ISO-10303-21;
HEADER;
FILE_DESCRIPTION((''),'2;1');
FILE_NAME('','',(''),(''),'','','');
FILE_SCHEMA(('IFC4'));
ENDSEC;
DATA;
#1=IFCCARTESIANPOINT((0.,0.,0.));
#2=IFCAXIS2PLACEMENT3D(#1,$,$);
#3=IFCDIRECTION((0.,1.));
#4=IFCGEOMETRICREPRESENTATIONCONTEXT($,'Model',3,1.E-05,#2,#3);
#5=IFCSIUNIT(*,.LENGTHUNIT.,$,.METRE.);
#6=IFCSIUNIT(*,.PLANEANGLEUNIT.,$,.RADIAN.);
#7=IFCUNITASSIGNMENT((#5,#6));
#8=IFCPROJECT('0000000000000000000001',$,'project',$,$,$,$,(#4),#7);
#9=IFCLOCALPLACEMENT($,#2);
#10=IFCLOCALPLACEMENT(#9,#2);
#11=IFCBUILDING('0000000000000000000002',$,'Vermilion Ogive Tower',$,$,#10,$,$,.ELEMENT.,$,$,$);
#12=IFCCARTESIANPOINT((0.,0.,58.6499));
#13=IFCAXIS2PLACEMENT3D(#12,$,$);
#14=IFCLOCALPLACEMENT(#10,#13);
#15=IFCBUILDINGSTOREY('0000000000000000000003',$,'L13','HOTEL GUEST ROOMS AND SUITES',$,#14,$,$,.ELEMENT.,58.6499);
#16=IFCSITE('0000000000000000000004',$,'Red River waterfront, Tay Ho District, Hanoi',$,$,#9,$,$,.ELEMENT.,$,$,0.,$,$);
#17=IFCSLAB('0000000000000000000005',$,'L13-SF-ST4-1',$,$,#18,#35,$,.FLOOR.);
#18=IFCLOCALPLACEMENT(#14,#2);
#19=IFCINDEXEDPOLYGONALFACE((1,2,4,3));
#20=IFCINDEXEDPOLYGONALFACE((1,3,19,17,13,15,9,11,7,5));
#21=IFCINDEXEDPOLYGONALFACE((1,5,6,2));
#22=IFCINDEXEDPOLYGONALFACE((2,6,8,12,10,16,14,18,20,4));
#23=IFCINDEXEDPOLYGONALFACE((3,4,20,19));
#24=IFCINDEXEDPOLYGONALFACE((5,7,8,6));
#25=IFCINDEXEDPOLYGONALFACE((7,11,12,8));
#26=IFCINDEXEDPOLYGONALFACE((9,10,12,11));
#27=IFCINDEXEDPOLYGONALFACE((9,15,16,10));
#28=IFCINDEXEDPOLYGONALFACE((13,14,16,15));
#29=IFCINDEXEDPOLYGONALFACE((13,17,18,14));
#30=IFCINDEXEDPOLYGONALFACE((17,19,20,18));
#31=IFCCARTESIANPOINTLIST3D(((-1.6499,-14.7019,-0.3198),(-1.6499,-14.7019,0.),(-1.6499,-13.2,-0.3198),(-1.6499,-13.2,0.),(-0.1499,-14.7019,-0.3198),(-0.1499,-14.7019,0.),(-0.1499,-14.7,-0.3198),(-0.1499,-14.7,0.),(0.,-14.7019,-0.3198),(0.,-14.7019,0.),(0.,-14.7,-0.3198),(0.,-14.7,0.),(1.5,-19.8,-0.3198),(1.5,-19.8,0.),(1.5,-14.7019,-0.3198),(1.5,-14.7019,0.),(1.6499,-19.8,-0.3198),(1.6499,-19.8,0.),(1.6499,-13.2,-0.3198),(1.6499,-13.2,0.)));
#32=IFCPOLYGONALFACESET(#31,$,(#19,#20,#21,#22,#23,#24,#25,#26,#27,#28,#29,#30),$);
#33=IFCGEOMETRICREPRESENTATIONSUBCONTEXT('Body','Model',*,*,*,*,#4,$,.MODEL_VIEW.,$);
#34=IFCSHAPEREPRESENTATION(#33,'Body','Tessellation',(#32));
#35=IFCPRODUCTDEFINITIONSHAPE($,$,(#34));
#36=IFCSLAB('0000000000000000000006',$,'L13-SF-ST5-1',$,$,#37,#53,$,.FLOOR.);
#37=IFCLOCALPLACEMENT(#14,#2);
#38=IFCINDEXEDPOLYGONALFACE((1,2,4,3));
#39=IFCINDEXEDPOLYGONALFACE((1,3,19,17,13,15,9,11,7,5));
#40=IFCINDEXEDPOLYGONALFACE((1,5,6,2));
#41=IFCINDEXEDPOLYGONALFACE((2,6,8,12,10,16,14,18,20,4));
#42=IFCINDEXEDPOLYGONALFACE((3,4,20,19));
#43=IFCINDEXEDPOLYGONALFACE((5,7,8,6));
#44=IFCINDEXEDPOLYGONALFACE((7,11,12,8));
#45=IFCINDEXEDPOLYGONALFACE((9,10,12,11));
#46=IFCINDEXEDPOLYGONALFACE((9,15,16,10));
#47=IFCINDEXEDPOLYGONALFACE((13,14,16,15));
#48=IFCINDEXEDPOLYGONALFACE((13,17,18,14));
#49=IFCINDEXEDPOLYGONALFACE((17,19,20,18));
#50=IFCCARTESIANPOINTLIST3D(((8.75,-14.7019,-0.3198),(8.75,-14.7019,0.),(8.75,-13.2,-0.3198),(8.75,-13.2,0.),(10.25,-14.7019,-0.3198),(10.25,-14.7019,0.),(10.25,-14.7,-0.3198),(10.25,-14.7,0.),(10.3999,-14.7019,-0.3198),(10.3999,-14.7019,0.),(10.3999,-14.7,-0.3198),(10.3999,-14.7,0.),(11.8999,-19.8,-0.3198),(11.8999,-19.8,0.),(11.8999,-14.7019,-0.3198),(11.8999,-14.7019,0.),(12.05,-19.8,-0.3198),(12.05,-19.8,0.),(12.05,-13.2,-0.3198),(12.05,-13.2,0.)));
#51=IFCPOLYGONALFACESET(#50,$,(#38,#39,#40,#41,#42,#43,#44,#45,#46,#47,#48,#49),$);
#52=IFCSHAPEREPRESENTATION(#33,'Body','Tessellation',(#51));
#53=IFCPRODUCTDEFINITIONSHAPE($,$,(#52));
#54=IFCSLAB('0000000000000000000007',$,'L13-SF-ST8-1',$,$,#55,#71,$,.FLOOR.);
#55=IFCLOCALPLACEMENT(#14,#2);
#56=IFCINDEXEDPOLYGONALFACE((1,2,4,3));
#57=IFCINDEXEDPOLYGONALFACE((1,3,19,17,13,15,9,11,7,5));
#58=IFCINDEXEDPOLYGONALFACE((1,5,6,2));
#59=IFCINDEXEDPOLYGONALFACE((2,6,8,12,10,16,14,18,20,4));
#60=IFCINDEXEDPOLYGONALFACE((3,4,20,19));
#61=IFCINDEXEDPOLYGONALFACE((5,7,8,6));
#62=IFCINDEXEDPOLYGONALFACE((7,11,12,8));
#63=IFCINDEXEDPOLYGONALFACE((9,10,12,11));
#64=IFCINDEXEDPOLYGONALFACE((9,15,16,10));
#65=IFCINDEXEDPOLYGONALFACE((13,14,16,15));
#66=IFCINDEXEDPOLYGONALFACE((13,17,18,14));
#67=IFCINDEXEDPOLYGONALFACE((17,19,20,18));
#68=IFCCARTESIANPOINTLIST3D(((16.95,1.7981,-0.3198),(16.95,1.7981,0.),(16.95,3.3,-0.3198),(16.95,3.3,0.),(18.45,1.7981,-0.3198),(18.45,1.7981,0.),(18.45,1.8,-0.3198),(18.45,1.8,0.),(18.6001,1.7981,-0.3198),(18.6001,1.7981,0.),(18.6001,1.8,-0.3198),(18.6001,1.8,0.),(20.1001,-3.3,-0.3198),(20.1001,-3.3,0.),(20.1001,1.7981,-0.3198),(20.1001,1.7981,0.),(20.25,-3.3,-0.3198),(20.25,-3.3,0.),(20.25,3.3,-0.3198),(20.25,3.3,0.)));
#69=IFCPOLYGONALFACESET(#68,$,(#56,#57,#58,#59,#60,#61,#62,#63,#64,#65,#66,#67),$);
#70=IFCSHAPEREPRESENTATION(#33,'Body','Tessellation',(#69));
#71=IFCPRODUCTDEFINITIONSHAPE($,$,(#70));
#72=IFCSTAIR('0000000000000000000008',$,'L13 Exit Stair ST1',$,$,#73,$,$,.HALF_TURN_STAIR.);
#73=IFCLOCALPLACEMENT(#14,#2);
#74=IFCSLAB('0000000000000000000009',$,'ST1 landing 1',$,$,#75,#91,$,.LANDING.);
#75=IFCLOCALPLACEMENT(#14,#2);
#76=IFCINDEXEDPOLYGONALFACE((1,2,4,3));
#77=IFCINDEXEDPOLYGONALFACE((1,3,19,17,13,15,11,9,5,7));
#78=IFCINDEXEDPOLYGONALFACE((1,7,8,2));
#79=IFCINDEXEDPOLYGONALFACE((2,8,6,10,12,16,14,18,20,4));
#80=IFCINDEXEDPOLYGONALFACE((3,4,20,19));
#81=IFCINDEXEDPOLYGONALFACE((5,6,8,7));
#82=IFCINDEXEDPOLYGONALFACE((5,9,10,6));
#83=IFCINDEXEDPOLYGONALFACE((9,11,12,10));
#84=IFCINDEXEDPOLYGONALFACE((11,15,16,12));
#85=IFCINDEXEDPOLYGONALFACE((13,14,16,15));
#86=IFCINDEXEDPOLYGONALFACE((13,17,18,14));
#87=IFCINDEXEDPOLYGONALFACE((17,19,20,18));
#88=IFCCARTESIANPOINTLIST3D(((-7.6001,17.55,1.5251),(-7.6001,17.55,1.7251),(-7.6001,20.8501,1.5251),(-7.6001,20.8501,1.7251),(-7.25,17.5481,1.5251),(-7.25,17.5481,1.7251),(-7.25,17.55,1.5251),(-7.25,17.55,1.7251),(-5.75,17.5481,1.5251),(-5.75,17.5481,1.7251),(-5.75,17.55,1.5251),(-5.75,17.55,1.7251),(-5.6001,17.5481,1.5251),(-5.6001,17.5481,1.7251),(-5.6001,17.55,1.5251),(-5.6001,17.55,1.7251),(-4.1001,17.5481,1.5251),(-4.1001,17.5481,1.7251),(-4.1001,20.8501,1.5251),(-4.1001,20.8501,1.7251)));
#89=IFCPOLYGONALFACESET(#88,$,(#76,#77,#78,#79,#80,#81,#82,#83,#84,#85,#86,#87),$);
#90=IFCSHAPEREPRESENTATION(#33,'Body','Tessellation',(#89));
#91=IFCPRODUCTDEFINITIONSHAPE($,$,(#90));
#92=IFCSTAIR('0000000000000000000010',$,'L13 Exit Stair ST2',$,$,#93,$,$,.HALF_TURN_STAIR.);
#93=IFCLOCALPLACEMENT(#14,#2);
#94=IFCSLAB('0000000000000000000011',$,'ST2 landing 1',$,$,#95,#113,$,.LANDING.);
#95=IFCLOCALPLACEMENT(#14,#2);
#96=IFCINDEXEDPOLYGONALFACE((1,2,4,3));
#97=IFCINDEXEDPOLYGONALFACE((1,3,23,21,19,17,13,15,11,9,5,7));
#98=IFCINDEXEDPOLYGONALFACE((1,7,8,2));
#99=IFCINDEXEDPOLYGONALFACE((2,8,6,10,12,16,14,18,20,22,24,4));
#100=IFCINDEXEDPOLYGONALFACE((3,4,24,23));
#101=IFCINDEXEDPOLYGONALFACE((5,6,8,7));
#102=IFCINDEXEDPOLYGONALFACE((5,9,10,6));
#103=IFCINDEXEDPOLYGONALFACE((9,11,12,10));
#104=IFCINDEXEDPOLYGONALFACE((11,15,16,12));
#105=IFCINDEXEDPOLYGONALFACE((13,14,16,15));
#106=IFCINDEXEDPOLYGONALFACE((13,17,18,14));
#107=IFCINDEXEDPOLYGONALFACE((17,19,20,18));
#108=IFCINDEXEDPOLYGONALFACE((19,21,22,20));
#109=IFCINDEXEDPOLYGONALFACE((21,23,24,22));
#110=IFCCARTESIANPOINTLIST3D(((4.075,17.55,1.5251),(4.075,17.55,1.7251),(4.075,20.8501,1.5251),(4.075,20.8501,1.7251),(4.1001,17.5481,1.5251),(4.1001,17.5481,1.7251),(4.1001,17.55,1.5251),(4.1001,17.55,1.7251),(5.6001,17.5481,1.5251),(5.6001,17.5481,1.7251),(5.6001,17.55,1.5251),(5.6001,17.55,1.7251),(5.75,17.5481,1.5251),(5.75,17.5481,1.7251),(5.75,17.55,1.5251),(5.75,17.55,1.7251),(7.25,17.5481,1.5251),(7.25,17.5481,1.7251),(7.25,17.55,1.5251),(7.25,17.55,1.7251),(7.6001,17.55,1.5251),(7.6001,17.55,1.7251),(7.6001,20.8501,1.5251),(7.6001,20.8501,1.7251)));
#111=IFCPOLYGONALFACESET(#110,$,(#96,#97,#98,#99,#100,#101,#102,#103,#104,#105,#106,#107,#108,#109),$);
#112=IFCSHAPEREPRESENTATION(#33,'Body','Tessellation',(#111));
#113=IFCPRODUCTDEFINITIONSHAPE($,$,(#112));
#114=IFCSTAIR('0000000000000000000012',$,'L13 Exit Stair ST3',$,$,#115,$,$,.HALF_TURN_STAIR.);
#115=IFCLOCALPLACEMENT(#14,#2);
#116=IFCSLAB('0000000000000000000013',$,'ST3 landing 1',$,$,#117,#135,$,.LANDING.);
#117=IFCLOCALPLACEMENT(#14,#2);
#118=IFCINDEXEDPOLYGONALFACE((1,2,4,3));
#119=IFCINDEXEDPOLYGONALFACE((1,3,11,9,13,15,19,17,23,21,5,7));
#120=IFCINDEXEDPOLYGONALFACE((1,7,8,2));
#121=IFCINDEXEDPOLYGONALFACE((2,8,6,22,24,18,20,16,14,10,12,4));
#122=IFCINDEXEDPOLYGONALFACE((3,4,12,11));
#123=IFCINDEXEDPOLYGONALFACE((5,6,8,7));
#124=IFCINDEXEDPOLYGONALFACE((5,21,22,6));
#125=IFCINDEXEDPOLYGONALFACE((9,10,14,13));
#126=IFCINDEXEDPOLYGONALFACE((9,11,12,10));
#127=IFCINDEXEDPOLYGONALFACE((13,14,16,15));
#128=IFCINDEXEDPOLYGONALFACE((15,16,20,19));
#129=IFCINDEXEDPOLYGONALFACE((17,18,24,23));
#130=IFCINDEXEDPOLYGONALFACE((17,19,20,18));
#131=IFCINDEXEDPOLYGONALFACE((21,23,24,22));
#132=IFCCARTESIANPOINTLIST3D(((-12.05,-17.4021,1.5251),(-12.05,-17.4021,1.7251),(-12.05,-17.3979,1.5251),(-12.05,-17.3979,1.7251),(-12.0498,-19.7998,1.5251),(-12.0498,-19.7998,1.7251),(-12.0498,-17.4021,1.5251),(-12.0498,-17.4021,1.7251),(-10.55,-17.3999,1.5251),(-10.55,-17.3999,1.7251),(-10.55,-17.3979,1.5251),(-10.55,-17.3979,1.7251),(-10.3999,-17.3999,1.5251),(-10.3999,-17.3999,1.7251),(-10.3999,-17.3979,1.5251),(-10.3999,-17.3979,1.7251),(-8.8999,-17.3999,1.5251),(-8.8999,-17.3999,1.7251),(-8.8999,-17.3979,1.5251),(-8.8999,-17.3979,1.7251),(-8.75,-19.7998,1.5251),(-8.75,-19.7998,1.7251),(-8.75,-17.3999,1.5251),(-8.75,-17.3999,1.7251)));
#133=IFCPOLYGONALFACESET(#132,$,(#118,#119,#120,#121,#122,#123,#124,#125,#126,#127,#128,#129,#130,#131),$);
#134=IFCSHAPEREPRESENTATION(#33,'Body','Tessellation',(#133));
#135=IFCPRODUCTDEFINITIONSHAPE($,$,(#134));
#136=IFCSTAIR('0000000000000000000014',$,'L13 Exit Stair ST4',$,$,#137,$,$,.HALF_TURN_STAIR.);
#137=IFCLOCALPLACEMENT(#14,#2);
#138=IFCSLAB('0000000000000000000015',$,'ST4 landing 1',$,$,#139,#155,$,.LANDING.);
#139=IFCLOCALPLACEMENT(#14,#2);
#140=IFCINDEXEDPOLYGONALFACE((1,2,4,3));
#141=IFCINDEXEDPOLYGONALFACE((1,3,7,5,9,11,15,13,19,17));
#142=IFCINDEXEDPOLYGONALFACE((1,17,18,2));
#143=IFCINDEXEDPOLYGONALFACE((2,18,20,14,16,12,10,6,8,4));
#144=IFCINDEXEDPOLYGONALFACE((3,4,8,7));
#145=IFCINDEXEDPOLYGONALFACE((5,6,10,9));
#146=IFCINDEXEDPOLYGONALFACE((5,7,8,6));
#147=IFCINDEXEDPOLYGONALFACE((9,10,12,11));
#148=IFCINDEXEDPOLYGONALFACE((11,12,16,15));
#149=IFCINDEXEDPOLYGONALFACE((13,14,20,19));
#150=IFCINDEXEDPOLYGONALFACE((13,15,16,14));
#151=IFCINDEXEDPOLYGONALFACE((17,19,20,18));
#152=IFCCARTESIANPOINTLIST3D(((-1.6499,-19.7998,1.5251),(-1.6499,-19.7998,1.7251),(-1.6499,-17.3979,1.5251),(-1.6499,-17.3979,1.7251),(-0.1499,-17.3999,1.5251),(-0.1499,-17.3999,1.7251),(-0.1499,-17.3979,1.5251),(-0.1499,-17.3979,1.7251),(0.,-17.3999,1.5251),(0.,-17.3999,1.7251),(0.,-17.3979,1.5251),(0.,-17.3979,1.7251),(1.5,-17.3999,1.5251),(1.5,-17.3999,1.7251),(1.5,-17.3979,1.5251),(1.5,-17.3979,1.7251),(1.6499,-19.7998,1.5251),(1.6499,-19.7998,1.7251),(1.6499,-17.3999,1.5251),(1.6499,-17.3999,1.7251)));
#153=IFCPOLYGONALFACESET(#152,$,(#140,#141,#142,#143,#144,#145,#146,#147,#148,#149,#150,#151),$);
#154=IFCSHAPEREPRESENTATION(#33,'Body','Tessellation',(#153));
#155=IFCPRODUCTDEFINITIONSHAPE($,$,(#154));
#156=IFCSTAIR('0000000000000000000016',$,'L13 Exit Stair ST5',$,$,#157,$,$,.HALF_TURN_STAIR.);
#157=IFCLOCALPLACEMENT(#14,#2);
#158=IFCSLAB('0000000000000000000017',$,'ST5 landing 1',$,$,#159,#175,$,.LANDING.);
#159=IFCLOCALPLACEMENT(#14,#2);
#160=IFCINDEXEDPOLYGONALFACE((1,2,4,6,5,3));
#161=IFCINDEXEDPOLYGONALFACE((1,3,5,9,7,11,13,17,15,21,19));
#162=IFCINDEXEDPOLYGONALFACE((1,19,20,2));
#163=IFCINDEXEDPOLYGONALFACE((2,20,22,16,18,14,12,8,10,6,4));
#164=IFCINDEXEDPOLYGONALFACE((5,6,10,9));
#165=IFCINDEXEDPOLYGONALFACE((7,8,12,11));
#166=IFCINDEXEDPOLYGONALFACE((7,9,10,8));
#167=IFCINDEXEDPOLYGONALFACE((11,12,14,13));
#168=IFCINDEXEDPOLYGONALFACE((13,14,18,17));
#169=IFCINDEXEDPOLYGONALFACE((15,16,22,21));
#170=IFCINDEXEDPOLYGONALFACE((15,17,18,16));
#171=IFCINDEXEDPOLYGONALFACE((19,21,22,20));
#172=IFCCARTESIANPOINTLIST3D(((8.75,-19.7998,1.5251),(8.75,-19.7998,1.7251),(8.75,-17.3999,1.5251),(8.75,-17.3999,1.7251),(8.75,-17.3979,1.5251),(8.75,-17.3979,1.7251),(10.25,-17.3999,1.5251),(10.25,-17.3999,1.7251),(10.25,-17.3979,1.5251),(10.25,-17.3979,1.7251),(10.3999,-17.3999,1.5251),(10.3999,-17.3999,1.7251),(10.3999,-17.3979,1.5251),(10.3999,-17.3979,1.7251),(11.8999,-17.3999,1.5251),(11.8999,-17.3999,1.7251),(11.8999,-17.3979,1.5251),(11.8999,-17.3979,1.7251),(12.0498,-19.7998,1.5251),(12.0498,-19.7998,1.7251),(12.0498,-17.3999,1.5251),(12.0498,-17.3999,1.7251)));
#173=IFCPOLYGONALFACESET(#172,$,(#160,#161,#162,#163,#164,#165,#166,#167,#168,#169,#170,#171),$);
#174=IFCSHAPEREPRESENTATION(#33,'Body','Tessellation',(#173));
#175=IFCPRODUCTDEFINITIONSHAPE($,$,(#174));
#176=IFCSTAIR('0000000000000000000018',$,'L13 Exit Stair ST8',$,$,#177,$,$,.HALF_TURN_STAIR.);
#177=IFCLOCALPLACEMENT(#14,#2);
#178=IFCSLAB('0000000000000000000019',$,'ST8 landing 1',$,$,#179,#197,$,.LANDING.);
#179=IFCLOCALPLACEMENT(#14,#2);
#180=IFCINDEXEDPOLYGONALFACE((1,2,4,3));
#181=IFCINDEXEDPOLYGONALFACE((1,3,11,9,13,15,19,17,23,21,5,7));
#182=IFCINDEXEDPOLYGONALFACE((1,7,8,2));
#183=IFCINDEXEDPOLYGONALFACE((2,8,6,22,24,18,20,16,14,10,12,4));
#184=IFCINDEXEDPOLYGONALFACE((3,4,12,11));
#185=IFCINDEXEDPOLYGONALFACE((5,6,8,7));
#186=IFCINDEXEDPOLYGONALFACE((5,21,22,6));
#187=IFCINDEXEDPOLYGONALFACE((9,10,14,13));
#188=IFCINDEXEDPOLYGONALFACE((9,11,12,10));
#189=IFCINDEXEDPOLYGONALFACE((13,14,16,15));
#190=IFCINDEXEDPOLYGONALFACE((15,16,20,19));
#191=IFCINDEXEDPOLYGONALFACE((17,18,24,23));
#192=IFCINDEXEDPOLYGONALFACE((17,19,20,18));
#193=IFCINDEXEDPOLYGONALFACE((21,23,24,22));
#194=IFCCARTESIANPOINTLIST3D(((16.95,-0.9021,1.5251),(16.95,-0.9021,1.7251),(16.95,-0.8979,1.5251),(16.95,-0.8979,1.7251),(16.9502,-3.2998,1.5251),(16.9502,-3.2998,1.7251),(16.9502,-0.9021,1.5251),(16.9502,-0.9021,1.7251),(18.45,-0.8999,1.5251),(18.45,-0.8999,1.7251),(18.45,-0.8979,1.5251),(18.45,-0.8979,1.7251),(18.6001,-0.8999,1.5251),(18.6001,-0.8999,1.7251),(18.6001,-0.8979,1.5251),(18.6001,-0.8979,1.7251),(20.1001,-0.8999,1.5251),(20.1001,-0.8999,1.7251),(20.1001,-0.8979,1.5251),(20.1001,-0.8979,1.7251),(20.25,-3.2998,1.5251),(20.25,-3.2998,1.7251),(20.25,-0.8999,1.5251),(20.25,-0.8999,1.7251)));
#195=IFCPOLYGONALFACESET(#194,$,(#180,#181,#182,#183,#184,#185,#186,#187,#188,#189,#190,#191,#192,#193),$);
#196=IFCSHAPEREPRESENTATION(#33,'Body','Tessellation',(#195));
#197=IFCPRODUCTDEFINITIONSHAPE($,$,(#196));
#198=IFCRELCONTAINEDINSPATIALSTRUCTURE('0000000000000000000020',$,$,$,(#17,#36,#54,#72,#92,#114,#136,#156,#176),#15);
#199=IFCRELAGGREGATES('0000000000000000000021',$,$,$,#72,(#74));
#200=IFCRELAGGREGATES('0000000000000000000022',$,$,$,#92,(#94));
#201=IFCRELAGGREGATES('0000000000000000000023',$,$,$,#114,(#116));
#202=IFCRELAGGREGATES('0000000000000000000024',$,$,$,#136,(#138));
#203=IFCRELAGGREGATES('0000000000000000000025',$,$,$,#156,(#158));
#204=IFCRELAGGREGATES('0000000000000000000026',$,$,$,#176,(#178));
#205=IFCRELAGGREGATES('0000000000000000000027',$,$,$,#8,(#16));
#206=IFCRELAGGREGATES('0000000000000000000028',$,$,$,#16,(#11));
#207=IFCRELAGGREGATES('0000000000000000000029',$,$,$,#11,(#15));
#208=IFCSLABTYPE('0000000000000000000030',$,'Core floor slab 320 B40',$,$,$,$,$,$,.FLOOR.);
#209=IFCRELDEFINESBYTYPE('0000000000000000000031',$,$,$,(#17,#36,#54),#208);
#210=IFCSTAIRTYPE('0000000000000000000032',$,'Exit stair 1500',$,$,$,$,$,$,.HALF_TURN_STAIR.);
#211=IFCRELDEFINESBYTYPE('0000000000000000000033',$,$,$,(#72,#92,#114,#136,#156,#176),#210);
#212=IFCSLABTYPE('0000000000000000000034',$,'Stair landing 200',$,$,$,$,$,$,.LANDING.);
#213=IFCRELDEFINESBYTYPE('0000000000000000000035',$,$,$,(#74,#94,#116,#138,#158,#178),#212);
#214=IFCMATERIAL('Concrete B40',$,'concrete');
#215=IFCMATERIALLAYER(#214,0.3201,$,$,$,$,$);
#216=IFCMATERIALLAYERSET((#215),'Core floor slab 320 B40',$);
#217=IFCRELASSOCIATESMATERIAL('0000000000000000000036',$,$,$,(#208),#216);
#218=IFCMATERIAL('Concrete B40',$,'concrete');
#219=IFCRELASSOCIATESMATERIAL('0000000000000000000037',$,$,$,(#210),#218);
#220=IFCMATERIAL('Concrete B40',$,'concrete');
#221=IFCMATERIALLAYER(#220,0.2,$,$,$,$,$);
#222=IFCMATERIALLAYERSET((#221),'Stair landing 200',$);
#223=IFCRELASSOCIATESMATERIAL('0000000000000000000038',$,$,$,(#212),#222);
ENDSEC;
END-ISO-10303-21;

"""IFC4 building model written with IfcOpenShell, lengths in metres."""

from ifc_helpers import new_model, si_unit, direction, frame, origin, place, context, subcontext, project, spatial, polyline, outline, extrude, material, layer, layer_set, type_object, element, aggregate, save


model = new_model("IFC4")

# Units and contexts
model_context = context("Model", 3, precision=1e-05, world=origin(), true_north=direction((0.0, 1.0)))
body_context = subcontext(model_context, "Body", "Model", "MODEL_VIEW")
ifc_project = project(units=[si_unit("LENGTHUNIT", "METRE"), si_unit("PLANEANGLEUNIT", "RADIAN")], contexts=[model_context])

# Site, building, storey
site_placement = place(None, origin())
site = spatial("IfcSite", under=ifc_project, at=site_placement, Name="Red River waterfront, Tay Ho District, Hanoi", CompositionType="ELEMENT", RefElevation=0.0)
building_placement = place(site_placement, origin())
building = spatial("IfcBuilding", under=site, at=building_placement, Name="Vermilion Ogive Tower", CompositionType="ELEMENT")
storey_placement = place(building_placement, frame((0.0, 0.0, 58.6499)))
storey = spatial("IfcBuildingStorey", under=building, at=storey_placement, Name="L13", Description="HOTEL GUEST ROOMS AND SUITES", CompositionType="ELEMENT", Elevation=58.6499)

# Slabs
ifc_material_1 = material(Name="Concrete B40", Category="concrete")
ifc_layer_1 = layer(ifc_material_1, 0.3201)
ifc_layer_set_1 = layer_set([ifc_layer_1], Name="Core floor slab 320 B40")
slab_type_1 = type_object("IfcSlabType", Name="Core floor slab 320 B40", PredefinedType="FLOOR", material=ifc_layer_set_1)
slab_1_placement = place(storey_placement, frame((0.0, 0.0, -0.3198)))
element("IfcSlab", 1, at=slab_1_placement, inside=storey, type_object=slab_type_1, Name="L13-SF-ST4-1", PredefinedType="FLOOR", context=body_context, shape_type="SweptSolid", body=[
    extrude(outline(polyline([(-1.6499, -13.2), (-1.6499, -14.7019), (-0.1499, -14.7019), (-0.1499, -14.7), (0.0, -14.7), (0.0, -14.7019), (1.5, -14.7019), (1.5, -19.8), (1.6499, -19.8), (1.6499, -13.2), (-1.6499, -13.2)])), origin(), (0.0, 0.0, 1.0), 0.3198),
])
slab_2_placement = place(storey_placement, frame((0.0, 0.0, -0.3198)))
element("IfcSlab", 2, at=slab_2_placement, inside=storey, type_object=slab_type_1, Name="L13-SF-ST5-1", PredefinedType="FLOOR", context=body_context, shape_type="SweptSolid", body=[
    extrude(outline(polyline([(8.75, -13.2), (8.75, -14.7019), (10.25, -14.7019), (10.25, -14.7), (10.3999, -14.7), (10.3999, -14.7019), (11.8999, -14.7019), (11.8999, -19.8), (12.05, -19.8), (12.05, -13.2), (8.75, -13.2)])), origin(), (0.0, 0.0, 1.0), 0.3198),
])
slab_3_placement = place(storey_placement, frame((0.0, 0.0, -0.3198)))
element("IfcSlab", 3, at=slab_3_placement, inside=storey, type_object=slab_type_1, Name="L13-SF-ST8-1", PredefinedType="FLOOR", context=body_context, shape_type="SweptSolid", body=[
    extrude(outline(polyline([(16.95, 3.3), (16.95, 1.7981), (18.45, 1.7981), (18.45, 1.8), (18.6001, 1.8), (18.6001, 1.7981), (20.1001, 1.7981), (20.1001, -3.3), (20.25, -3.3), (20.25, 3.3), (16.95, 3.3)])), origin(), (0.0, 0.0, 1.0), 0.3198),
])

# Stairs, slabs
ifc_material_2 = material(Name="Concrete B40", Category="concrete")
stair_type = type_object("IfcStairType", Name="Exit stair 1500", PredefinedType="HALF_TURN_STAIR", material=ifc_material_2)
stair_1_placement = place(storey_placement, origin())
stair_1 = element("IfcStair", 4, at=stair_1_placement, inside=storey, type_object=stair_type, Name="L13 Exit Stair ST1", PredefinedType="HALF_TURN_STAIR")
ifc_material_3 = material(Name="Concrete B40", Category="concrete")
ifc_layer_2 = layer(ifc_material_3, 0.2)
ifc_layer_set_2 = layer_set([ifc_layer_2], Name="Stair landing 200")
slab_type_2 = type_object("IfcSlabType", Name="Stair landing 200", PredefinedType="LANDING", material=ifc_layer_set_2)
slab_4_placement = place(storey_placement, frame((0.0, 0.0, 1.5251)))
slab_4 = element("IfcSlab", 5, at=slab_4_placement, type_object=slab_type_2, Name="ST1 landing 1", PredefinedType="LANDING", context=body_context, shape_type="SweptSolid", body=[
    extrude(outline(polyline([(-7.6001, 17.55), (-7.25, 17.55), (-7.25, 17.5481), (-5.75, 17.5481), (-5.75, 17.55), (-5.6001, 17.55), (-5.6001, 17.5481), (-4.1001, 17.5481), (-4.1001, 20.8501), (-7.6001, 20.8501), (-7.6001, 17.55)])), origin(), (0.0, 0.0, 1.0), 0.2),
])
aggregate(stair_1, [slab_4])
stair_2_placement = place(storey_placement, origin())
stair_2 = element("IfcStair", 6, at=stair_2_placement, inside=storey, type_object=stair_type, Name="L13 Exit Stair ST2", PredefinedType="HALF_TURN_STAIR")
slab_5_placement = place(storey_placement, frame((0.0, 0.0, 1.5251)))
slab_5 = element("IfcSlab", 7, at=slab_5_placement, type_object=slab_type_2, Name="ST2 landing 1", PredefinedType="LANDING", context=body_context, shape_type="SweptSolid", body=[
    extrude(outline(polyline([(5.6001, 17.55), (5.75, 17.55), (5.75, 17.5481), (7.25, 17.5481), (7.25, 17.55), (7.6001, 17.55), (7.6001, 20.8501), (4.075, 20.8501), (4.075, 17.55), (4.1001, 17.55), (4.1001, 17.5481), (5.6001, 17.5481), (5.6001, 17.55)])), origin(), (0.0, 0.0, 1.0), 0.2),
])
aggregate(stair_2, [slab_5])
stair_3_placement = place(storey_placement, origin())
stair_3 = element("IfcStair", 8, at=stair_3_placement, inside=storey, type_object=stair_type, Name="L13 Exit Stair ST3", PredefinedType="HALF_TURN_STAIR")
slab_6_placement = place(storey_placement, frame((0.0, 0.0, 1.5251)))
slab_6 = element("IfcSlab", 9, at=slab_6_placement, type_object=slab_type_2, Name="ST3 landing 1", PredefinedType="LANDING", context=body_context, shape_type="SweptSolid", body=[
    extrude(outline(polyline([(-8.75, -17.3999), (-8.8999, -17.3999), (-8.8999, -17.3979), (-10.3999, -17.3979), (-10.3999, -17.3999), (-10.55, -17.3999), (-10.55, -17.3979), (-12.05, -17.3979), (-12.05, -17.4021), (-12.0498, -17.4021), (-12.0498, -19.7998), (-8.75, -19.7998), (-8.75, -17.3999)])), origin(), (0.0, 0.0, 1.0), 0.2),
])
aggregate(stair_3, [slab_6])
stair_4_placement = place(storey_placement, origin())
stair_4 = element("IfcStair", 10, at=stair_4_placement, inside=storey, type_object=stair_type, Name="L13 Exit Stair ST4", PredefinedType="HALF_TURN_STAIR")
slab_7_placement = place(storey_placement, frame((0.0, 0.0, 1.5251)))
slab_7 = element("IfcSlab", 11, at=slab_7_placement, type_object=slab_type_2, Name="ST4 landing 1", PredefinedType="LANDING", context=body_context, shape_type="SweptSolid", body=[
    extrude(outline(polyline([(1.6499, -17.3999), (1.5, -17.3999), (1.5, -17.3979), (0.0, -17.3979), (0.0, -17.3999), (-0.1499, -17.3999), (-0.1499, -17.3979), (-1.6499, -17.3979), (-1.6499, -19.7998), (1.6499, -19.7998), (1.6499, -17.3999)])), origin(), (0.0, 0.0, 1.0), 0.2),
])
aggregate(stair_4, [slab_7])
stair_5_placement = place(storey_placement, origin())
stair_5 = element("IfcStair", 12, at=stair_5_placement, inside=storey, type_object=stair_type, Name="L13 Exit Stair ST5", PredefinedType="HALF_TURN_STAIR")
slab_8_placement = place(storey_placement, frame((0.0, 0.0, 1.5251)))
slab_8 = element("IfcSlab", 13, at=slab_8_placement, type_object=slab_type_2, Name="ST5 landing 1", PredefinedType="LANDING", context=body_context, shape_type="SweptSolid", body=[
    extrude(outline(polyline([(12.0498, -17.3999), (11.8999, -17.3999), (11.8999, -17.3979), (10.3999, -17.3979), (10.3999, -17.3999), (10.25, -17.3999), (10.25, -17.3979), (8.75, -17.3979), (8.75, -17.3999), (8.75, -17.3999), (8.75, -19.7998), (12.0498, -19.7998), (12.0498, -17.3999)])), origin(), (0.0, 0.0, 1.0), 0.2),
])
aggregate(stair_5, [slab_8])
stair_6_placement = place(storey_placement, origin())
stair_6 = element("IfcStair", 14, at=stair_6_placement, inside=storey, type_object=stair_type, Name="L13 Exit Stair ST8", PredefinedType="HALF_TURN_STAIR")
slab_9_placement = place(storey_placement, frame((0.0, 0.0, 1.5251)))
slab_9 = element("IfcSlab", 15, at=slab_9_placement, type_object=slab_type_2, Name="ST8 landing 1", PredefinedType="LANDING", context=body_context, shape_type="SweptSolid", body=[
    extrude(outline(polyline([(20.25, -0.8999), (20.1001, -0.8999), (20.1001, -0.8979), (18.6001, -0.8979), (18.6001, -0.8999), (18.45, -0.8999), (18.45, -0.8979), (16.95, -0.8979), (16.95, -0.9021), (16.9502, -0.9021), (16.9502, -3.2998), (20.25, -3.2998), (20.25, -0.8999)])), origin(), (0.0, 0.0, 1.0), 0.2),
])
aggregate(stair_6, [slab_9])

save(model, "model.ifc")
